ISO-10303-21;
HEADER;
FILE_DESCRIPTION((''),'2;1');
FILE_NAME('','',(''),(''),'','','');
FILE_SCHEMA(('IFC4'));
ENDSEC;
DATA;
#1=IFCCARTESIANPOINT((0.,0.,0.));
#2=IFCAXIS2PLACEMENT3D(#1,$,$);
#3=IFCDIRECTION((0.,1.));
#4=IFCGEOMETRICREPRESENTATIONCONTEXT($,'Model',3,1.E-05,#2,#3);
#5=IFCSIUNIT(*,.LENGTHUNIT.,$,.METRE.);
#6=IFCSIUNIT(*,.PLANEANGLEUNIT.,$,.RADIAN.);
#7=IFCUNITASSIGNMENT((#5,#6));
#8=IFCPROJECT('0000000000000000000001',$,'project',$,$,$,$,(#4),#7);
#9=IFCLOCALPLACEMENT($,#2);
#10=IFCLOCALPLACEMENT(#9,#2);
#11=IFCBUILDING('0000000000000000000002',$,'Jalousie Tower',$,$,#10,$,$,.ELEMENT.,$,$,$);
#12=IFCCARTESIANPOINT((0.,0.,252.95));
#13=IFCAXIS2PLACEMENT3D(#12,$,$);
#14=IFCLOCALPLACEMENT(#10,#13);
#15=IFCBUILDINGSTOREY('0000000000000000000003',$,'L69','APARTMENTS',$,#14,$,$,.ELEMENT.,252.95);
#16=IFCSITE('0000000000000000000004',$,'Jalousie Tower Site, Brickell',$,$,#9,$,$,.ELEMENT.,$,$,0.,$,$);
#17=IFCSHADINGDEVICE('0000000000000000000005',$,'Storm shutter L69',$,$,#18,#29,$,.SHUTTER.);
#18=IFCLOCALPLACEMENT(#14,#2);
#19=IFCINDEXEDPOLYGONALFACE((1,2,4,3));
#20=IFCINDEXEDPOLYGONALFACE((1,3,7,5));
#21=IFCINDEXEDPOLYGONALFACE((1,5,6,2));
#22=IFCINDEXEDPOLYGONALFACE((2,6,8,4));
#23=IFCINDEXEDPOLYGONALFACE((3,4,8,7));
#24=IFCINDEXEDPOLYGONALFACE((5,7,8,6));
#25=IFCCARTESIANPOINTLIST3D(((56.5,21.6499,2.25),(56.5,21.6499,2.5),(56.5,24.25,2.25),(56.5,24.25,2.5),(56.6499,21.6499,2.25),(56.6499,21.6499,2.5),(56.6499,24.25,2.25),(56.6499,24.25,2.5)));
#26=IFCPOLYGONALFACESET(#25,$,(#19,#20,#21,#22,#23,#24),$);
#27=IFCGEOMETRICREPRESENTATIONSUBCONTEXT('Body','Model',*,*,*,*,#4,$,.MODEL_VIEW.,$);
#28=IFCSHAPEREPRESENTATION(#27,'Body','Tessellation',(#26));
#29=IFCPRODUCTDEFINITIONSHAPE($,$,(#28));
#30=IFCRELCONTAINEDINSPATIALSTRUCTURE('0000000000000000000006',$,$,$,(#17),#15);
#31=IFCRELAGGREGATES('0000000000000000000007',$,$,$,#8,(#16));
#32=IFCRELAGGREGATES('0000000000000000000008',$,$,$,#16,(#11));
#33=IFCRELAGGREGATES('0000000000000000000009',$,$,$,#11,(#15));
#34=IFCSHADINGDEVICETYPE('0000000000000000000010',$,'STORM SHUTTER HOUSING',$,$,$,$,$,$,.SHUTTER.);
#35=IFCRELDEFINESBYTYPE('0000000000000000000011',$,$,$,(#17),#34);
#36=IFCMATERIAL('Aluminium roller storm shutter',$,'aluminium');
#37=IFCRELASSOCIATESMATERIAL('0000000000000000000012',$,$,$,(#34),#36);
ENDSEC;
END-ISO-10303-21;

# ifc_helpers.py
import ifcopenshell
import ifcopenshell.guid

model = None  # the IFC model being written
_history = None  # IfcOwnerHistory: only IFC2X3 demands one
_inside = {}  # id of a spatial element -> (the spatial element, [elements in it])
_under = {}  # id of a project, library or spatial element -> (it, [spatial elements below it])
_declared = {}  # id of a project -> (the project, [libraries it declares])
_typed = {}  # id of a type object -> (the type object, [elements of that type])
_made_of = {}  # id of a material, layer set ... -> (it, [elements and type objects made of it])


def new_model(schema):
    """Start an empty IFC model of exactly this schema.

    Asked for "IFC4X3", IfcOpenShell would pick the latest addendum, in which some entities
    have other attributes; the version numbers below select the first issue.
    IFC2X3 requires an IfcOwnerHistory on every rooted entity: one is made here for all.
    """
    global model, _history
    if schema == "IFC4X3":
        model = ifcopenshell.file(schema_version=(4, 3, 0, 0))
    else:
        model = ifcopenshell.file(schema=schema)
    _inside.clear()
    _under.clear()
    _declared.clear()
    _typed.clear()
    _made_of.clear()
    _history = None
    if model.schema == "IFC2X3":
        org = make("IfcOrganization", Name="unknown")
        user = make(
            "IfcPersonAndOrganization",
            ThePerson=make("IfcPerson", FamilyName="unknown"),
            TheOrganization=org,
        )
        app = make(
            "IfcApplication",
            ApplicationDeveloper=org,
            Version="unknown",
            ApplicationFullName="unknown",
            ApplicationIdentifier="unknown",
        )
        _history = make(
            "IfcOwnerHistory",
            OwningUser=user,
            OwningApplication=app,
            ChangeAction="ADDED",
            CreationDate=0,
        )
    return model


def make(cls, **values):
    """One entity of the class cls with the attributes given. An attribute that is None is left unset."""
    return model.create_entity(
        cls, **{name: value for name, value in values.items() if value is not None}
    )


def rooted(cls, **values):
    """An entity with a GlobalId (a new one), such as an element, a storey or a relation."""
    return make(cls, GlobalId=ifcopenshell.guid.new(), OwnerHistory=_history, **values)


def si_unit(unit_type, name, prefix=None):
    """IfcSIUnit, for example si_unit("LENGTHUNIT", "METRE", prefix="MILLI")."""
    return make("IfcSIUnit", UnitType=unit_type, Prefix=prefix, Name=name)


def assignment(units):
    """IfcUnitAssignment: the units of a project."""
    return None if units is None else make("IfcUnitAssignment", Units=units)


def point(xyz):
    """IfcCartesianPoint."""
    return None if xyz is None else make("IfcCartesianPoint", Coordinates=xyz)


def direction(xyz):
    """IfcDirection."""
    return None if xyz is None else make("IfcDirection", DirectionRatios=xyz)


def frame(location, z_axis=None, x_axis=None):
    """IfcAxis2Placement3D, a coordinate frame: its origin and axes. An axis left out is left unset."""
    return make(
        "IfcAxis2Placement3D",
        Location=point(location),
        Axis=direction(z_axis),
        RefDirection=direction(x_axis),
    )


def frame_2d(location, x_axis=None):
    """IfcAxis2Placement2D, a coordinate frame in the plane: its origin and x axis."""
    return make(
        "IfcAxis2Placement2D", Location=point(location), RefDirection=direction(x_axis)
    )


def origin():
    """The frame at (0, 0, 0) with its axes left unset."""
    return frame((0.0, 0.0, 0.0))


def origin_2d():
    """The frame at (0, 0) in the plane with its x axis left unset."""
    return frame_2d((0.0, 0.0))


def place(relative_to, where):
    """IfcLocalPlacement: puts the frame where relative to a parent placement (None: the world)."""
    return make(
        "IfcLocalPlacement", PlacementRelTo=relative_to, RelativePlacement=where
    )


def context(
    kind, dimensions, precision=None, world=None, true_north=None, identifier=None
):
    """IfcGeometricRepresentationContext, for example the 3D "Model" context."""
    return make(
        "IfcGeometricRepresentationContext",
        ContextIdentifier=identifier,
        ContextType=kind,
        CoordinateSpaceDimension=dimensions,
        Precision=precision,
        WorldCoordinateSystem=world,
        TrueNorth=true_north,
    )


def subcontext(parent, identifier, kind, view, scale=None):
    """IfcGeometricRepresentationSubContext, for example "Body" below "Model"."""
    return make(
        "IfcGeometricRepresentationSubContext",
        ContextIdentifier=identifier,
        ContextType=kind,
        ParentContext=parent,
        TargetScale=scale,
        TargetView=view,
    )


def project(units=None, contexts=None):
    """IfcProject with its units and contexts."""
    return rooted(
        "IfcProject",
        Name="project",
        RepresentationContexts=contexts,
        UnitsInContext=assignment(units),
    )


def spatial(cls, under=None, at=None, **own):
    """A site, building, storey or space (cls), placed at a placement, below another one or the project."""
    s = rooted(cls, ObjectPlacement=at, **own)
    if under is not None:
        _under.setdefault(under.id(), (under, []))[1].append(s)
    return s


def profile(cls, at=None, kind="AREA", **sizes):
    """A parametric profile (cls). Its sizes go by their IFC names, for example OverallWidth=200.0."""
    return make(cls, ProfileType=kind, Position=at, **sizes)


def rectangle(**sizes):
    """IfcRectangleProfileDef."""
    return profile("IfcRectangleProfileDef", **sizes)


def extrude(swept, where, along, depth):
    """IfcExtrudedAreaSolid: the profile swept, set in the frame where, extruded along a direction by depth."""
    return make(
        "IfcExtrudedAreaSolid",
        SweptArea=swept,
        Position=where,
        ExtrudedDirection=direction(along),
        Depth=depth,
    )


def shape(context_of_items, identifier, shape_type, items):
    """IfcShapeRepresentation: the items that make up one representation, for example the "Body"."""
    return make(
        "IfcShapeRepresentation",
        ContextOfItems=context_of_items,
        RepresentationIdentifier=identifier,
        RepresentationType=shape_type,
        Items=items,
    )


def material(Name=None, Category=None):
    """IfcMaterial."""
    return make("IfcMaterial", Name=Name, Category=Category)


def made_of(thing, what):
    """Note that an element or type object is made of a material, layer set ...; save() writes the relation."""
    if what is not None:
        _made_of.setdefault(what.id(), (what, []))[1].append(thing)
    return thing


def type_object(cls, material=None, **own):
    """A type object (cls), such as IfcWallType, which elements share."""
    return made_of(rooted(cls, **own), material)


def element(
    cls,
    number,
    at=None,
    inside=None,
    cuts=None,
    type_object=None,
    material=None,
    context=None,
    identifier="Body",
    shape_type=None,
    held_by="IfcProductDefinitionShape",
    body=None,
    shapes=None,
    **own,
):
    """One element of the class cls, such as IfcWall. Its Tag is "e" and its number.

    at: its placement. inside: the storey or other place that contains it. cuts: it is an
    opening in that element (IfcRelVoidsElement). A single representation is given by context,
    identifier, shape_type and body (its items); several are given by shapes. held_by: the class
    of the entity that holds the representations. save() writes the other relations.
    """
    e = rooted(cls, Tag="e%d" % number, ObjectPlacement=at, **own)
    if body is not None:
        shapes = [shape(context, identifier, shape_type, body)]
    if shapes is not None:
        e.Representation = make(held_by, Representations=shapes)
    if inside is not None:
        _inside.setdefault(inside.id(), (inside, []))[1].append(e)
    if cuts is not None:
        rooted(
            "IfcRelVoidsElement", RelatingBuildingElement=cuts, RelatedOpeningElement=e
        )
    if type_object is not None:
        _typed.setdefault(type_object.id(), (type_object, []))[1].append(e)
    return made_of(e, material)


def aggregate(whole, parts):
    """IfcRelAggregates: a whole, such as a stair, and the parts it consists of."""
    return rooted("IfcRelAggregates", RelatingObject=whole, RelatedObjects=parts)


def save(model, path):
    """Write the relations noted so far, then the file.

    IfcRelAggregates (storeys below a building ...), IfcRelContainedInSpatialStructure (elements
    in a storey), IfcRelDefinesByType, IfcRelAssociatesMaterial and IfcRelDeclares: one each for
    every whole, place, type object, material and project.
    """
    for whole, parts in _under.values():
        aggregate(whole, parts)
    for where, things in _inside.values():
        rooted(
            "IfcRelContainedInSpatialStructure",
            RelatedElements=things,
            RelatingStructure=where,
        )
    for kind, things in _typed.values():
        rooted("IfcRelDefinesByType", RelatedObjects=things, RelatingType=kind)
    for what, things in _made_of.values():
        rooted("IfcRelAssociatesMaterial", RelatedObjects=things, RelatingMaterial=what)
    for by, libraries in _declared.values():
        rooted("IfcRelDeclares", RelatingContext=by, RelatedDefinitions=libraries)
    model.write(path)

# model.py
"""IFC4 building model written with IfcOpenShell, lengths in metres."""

from ifc_helpers import new_model, si_unit, direction, frame, origin, origin_2d, place, context, subcontext, project, spatial, rectangle, extrude, material, type_object, element, save


model = new_model("IFC4")

# Units and contexts
model_context = context("Model", 3, precision=1e-05, world=origin(), true_north=direction((0.0, 1.0)))
body_context = subcontext(model_context, "Body", "Model", "MODEL_VIEW")
ifc_project = project(units=[si_unit("LENGTHUNIT", "METRE"), si_unit("PLANEANGLEUNIT", "RADIAN")], contexts=[model_context])

# Site, building, storey
site_placement = place(None, origin())
site = spatial("IfcSite", under=ifc_project, at=site_placement, Name="Jalousie Tower Site, Brickell", CompositionType="ELEMENT", RefElevation=0.0)
building_placement = place(site_placement, origin())
building = spatial("IfcBuilding", under=site, at=building_placement, Name="Jalousie Tower", CompositionType="ELEMENT")
storey_placement = place(building_placement, frame((0.0, 0.0, 252.95)))
storey = spatial("IfcBuildingStorey", under=building, at=storey_placement, Name="L69", Description="APARTMENTS", CompositionType="ELEMENT", Elevation=252.95)

# Shading device
ifc_material_1 = material(Name="Aluminium roller storm shutter", Category="aluminium")
shading_device_type_1 = type_object("IfcShadingDeviceType", Name="STORM SHUTTER HOUSING", PredefinedType="SHUTTER", material=ifc_material_1)
shading_device_placement = place(storey_placement, frame((56.575, 22.95, 2.25), z_axis=(0.0, 0.0, 1.0), x_axis=(0.0, 1.0, 0.0)))
element("IfcShadingDevice", 1, at=shading_device_placement, inside=storey, type_object=shading_device_type_1, Name="Storm shutter L69", PredefinedType="SHUTTER", context=body_context, shape_type="SweptSolid", body=[
    extrude(rectangle(XDim=2.6001, YDim=0.1499, at=origin_2d()), origin(), (0.0, 0.0, 1.0), 0.25),
])

save(model, "model.ifc")
